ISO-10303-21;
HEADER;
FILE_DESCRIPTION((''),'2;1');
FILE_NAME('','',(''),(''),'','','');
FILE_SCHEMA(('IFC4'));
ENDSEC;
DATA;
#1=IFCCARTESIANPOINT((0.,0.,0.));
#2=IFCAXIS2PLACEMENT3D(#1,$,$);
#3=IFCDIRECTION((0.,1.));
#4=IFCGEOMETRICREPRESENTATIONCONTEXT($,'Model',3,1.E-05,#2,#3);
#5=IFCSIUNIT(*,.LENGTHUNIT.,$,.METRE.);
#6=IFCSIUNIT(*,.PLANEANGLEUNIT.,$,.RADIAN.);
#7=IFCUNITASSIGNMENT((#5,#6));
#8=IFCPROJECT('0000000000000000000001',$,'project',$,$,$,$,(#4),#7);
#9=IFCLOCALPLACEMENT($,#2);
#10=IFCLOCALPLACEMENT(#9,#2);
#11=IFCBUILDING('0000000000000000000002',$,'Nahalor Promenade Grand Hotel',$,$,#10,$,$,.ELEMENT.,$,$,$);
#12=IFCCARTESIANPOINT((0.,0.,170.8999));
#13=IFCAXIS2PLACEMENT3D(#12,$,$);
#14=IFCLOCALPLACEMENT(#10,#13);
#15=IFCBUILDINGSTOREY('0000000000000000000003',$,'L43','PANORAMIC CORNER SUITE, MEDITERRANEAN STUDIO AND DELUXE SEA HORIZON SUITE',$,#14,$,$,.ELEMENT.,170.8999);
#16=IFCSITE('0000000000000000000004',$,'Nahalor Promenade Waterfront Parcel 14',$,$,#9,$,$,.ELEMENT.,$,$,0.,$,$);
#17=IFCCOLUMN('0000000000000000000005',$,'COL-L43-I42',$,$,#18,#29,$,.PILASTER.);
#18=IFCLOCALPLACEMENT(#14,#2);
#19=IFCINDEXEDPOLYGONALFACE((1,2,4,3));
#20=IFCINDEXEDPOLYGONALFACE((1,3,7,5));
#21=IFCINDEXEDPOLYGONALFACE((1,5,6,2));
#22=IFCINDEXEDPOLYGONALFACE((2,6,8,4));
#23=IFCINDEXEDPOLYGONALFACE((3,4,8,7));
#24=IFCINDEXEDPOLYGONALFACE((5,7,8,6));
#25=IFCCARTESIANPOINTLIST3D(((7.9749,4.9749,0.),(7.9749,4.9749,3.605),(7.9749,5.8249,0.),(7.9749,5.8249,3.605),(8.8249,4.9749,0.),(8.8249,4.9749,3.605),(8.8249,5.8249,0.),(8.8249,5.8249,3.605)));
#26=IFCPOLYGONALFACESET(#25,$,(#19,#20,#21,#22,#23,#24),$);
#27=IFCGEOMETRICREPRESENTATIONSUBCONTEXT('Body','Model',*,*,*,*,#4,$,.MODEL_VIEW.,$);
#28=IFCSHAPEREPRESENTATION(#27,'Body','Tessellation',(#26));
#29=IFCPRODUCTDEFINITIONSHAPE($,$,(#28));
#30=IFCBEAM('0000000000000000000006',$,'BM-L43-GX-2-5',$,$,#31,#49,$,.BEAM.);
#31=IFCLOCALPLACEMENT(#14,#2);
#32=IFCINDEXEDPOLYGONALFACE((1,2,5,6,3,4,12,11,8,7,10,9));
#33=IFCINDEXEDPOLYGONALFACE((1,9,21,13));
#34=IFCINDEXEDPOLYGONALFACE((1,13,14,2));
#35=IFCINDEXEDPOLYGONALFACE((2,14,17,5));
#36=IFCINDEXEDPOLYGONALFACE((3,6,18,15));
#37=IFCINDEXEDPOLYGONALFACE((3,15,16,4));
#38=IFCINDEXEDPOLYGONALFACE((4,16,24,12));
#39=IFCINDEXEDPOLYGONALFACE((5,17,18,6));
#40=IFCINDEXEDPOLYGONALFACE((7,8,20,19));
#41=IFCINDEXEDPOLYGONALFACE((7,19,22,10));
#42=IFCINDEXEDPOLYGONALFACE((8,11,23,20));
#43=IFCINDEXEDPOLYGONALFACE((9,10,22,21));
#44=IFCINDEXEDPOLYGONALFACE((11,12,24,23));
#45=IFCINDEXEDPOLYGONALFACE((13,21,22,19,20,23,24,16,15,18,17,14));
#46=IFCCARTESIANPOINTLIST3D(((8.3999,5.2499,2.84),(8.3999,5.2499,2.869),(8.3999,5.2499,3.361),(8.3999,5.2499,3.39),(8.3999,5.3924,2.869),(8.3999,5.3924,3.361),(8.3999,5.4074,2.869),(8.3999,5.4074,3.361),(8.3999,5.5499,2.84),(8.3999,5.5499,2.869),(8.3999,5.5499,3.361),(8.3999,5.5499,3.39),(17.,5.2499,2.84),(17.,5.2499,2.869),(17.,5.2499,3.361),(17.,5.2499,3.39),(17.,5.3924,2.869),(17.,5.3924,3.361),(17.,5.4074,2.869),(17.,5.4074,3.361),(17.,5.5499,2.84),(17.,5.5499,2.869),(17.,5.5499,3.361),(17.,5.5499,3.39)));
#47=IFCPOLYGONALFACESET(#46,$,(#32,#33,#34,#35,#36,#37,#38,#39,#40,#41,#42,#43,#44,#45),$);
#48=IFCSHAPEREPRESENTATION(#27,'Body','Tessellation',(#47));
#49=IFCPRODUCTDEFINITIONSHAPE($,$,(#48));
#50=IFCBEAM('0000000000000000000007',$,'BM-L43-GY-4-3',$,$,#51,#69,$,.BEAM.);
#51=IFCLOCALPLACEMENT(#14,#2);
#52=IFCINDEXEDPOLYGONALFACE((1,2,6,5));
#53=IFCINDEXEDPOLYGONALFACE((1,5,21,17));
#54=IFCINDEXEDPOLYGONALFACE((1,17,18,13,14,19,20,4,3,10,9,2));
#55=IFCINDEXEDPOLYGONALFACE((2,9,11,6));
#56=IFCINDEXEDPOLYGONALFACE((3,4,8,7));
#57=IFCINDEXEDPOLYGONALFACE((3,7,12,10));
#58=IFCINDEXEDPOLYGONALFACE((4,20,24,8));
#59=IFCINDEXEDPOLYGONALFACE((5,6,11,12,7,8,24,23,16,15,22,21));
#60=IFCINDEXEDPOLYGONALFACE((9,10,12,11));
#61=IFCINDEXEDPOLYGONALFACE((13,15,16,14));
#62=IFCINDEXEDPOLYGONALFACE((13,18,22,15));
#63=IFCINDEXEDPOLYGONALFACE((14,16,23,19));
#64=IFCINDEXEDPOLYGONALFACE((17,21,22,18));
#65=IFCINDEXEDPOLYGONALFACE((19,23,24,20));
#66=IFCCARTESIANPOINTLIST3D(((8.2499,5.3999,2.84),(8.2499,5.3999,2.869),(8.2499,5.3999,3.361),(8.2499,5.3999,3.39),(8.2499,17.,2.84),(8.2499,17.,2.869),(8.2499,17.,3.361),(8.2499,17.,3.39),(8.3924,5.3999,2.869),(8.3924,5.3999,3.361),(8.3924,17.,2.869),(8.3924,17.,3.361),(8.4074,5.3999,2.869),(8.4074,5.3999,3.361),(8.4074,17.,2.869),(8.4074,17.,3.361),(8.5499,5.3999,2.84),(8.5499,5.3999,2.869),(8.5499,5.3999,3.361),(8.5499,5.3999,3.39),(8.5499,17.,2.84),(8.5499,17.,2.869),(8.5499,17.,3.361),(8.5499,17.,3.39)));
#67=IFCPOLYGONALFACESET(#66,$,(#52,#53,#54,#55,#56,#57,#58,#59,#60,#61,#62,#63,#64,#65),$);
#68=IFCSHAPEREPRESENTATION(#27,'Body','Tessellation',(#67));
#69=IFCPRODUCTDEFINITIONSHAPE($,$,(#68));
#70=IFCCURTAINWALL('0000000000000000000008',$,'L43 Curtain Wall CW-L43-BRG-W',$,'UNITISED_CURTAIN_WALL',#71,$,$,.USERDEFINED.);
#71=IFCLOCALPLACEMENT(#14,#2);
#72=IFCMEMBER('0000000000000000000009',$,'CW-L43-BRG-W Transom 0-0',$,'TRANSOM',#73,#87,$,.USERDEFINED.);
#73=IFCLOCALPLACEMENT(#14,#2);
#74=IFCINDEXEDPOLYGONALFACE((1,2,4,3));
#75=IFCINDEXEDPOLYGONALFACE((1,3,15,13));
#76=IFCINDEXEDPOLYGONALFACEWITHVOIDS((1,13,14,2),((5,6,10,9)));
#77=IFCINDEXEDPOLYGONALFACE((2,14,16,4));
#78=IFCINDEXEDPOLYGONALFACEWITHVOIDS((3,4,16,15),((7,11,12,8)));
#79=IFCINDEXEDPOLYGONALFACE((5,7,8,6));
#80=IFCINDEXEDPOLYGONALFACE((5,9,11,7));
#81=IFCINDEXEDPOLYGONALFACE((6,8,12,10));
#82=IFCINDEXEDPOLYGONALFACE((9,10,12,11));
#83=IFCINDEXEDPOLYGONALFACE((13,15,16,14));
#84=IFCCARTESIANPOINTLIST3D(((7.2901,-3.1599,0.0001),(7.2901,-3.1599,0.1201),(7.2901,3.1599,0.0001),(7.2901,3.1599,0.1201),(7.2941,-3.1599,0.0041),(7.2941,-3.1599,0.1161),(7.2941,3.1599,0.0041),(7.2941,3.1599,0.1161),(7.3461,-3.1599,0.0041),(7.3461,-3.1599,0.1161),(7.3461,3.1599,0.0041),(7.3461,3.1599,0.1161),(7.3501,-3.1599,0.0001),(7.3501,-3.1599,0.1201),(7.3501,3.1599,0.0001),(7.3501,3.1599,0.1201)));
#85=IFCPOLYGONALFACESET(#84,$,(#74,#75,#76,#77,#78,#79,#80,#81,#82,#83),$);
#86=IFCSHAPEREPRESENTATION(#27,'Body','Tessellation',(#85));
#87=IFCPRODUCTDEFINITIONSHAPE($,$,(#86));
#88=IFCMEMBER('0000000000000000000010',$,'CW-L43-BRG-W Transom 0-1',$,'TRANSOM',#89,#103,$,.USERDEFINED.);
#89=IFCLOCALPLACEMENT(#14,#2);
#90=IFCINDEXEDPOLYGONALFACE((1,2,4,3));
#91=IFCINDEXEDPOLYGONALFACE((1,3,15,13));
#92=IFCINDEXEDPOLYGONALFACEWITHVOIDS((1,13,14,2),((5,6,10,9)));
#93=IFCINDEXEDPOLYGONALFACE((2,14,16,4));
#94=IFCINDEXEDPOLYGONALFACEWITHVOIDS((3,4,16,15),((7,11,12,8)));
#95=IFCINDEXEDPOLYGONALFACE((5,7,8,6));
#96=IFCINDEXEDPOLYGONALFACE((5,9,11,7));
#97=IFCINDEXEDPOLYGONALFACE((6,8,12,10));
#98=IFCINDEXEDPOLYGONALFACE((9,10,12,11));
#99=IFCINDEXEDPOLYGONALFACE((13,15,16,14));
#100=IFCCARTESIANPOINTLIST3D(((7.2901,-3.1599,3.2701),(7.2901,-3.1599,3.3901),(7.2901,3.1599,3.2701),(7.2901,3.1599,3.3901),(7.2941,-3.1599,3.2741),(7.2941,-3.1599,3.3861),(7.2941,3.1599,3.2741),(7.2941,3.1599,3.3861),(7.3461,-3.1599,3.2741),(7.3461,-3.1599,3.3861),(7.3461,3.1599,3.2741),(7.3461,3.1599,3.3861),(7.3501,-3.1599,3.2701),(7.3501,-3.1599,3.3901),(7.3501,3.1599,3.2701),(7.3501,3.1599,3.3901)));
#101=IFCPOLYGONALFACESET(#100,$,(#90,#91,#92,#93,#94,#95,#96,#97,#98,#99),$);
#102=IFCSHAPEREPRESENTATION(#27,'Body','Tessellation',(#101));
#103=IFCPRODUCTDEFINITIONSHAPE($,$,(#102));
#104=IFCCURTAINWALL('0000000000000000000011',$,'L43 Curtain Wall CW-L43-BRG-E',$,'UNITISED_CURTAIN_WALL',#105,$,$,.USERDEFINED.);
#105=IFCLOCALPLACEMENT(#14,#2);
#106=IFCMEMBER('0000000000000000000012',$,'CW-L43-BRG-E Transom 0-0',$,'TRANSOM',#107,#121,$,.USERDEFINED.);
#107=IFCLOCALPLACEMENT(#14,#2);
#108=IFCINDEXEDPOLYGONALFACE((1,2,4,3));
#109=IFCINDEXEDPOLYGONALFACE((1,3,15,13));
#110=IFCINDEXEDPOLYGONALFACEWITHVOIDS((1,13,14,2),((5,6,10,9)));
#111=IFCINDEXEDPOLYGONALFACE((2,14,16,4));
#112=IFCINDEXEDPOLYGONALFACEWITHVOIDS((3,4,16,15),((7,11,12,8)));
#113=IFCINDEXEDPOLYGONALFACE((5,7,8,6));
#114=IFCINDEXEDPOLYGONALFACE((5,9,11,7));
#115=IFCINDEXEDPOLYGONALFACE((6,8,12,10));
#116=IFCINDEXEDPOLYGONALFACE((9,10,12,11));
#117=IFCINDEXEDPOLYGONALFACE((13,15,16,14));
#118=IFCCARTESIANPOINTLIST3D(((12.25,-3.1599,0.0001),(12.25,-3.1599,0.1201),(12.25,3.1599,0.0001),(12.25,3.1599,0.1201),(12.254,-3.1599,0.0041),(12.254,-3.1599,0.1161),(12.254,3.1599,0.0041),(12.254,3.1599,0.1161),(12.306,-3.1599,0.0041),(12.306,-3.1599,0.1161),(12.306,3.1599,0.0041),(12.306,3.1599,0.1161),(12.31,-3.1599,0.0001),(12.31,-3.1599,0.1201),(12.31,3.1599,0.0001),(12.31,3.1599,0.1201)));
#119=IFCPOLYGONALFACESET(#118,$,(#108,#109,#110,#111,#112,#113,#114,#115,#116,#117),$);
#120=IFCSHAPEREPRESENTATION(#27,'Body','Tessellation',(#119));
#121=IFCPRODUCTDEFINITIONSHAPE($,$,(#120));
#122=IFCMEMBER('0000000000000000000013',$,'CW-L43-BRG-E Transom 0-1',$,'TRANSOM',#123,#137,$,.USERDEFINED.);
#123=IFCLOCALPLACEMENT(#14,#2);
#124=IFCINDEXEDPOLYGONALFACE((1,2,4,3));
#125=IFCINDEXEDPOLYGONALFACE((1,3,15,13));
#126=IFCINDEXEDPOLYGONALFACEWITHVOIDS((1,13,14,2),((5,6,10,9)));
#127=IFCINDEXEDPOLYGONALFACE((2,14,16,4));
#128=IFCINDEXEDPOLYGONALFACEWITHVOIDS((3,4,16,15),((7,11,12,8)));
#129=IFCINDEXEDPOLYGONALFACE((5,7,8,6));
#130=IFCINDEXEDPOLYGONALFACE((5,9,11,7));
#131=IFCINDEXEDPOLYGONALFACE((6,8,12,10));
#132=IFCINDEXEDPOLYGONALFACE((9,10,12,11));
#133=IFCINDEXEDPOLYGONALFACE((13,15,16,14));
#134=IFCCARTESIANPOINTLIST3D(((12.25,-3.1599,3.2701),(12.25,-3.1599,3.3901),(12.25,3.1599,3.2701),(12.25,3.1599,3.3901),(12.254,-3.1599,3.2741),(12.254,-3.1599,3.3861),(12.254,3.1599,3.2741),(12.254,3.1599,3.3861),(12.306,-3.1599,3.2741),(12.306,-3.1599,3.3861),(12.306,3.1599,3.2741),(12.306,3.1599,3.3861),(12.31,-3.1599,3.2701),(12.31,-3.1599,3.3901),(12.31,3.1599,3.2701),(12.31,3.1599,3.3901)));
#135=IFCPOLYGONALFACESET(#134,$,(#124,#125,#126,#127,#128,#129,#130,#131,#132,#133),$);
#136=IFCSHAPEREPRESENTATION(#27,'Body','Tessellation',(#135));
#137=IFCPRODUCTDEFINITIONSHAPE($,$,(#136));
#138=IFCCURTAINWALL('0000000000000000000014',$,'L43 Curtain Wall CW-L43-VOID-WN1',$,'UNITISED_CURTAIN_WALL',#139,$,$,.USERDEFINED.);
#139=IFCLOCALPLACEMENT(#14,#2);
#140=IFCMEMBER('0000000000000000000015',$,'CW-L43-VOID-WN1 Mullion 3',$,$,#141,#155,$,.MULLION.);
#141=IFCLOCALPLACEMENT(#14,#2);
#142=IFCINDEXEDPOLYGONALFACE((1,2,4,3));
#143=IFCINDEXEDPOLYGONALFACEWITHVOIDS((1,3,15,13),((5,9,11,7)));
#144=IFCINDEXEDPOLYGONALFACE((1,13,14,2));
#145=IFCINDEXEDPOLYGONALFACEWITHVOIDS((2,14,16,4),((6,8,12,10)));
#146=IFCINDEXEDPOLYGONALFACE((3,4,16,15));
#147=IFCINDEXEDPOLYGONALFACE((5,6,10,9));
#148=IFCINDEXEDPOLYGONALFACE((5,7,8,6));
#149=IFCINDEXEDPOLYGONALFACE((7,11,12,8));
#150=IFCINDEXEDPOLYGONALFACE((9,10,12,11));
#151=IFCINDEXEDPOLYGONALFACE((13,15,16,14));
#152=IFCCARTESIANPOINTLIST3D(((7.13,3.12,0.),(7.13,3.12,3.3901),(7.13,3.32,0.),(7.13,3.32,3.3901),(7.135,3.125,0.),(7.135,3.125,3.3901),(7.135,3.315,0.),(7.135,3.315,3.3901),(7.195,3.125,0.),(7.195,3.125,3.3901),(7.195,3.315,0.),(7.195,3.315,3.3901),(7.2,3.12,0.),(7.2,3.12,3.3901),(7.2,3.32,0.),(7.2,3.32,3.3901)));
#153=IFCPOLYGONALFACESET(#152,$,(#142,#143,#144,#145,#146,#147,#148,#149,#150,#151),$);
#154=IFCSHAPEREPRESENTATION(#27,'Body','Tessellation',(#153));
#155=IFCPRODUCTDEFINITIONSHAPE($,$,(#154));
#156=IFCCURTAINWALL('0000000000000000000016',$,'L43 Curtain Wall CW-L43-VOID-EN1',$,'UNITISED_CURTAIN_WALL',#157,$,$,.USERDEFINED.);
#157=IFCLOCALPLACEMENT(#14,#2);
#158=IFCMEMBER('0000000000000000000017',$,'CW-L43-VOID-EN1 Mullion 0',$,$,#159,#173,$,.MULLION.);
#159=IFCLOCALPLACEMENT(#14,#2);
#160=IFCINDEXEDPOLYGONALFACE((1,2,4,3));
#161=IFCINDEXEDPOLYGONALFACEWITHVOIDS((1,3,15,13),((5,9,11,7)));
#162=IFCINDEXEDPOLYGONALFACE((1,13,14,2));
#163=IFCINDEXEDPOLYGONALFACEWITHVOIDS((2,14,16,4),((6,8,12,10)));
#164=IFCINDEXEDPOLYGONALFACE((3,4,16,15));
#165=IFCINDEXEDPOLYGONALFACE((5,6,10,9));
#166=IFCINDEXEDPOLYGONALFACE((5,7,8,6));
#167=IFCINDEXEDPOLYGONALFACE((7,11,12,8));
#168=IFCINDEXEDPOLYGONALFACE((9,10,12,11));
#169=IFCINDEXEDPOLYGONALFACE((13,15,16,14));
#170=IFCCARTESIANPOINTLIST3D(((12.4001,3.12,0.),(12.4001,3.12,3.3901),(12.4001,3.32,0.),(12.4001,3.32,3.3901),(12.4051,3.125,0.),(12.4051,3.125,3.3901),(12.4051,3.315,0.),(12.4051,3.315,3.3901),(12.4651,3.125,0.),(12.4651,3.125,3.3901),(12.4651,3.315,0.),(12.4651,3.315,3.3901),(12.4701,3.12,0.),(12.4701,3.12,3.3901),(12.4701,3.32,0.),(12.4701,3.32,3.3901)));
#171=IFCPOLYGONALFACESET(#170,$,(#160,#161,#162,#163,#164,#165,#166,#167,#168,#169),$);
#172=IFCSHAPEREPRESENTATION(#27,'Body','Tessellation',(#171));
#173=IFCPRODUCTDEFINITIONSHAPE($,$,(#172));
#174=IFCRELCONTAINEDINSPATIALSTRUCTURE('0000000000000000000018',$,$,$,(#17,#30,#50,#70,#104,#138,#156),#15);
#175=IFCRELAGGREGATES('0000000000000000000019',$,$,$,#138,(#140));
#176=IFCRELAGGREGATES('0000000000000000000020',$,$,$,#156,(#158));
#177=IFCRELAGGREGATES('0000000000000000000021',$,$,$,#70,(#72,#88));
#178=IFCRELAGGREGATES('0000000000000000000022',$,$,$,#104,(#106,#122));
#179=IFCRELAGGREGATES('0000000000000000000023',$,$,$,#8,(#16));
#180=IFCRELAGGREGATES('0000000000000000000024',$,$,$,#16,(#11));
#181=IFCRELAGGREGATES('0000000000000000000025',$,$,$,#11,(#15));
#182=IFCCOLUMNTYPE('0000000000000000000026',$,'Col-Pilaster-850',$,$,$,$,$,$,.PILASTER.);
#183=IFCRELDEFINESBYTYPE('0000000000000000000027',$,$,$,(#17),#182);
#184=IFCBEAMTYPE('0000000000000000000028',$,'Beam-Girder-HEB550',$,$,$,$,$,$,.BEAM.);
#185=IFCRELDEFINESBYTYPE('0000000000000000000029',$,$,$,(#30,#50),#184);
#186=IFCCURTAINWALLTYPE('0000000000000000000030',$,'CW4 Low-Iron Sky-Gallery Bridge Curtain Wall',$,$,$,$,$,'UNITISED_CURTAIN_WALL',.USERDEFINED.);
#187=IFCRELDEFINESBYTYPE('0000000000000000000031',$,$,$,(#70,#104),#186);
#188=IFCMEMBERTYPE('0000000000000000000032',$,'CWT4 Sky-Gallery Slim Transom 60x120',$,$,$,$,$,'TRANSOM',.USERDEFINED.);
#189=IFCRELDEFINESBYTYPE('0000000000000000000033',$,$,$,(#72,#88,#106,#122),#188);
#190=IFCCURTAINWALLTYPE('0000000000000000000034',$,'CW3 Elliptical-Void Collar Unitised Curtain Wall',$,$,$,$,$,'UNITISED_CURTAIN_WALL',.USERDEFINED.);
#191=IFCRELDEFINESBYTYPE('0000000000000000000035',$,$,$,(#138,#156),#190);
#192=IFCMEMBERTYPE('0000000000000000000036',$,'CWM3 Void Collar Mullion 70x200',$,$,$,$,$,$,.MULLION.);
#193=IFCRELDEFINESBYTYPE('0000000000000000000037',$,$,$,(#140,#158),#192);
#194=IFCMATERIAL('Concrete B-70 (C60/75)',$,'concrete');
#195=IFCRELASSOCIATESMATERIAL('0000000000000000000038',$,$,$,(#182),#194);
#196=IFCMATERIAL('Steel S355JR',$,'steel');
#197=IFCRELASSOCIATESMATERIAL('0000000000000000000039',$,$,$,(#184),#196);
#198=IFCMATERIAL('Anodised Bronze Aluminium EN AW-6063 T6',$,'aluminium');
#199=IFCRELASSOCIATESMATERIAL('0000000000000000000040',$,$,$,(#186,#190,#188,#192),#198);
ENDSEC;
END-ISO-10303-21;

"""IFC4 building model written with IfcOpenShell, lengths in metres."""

from ifc_helpers import new_model, si_unit, direction, frame, origin, origin_2d, place, context, subcontext, project, spatial, rectangle, hollow_rectangle, i_section, extrude, source, transform, mapped, material, material_profile, profile_set, type_object, element, aggregate, save


model = new_model("IFC4")

# Units and contexts
model_context = context("Model", 3, precision=1e-05, world=origin(), true_north=direction((0.0, 1.0)))
body_context = subcontext(model_context, "Body", "Model", "MODEL_VIEW")
ifc_project = project(units=[si_unit("LENGTHUNIT", "METRE"), si_unit("PLANEANGLEUNIT", "RADIAN")], contexts=[model_context])

# Site, building, storey
site_placement = place(None, origin())
site = spatial("IfcSite", under=ifc_project, at=site_placement, Name="Nahalor Promenade Waterfront Parcel 14", CompositionType="ELEMENT", RefElevation=0.0)
building_placement = place(site_placement, origin())
building = spatial("IfcBuilding", under=site, at=building_placement, Name="Nahalor Promenade Grand Hotel", CompositionType="ELEMENT")
storey_placement = place(building_placement, frame((0.0, 0.0, 170.8999)))
storey = spatial("IfcBuildingStorey", under=building, at=storey_placement, Name="L43", Description="PANORAMIC CORNER SUITE, MEDITERRANEAN STUDIO AND DELUXE SEA HORIZON SUITE", CompositionType="ELEMENT", Elevation=170.8999)

# Column
ifc_material_1 = material(Name="Concrete B-70 (C60/75)", Category="concrete")
ifc_material_profile_1 = material_profile(ifc_material_1, rectangle(XDim=0.85, YDim=0.85, at=origin_2d()), Name="RC 850x850")
ifc_profile_set_1 = profile_set([ifc_material_profile_1], Name="Concrete B-70 (C60/75)")
column_type = type_object("IfcColumnType", Name="Col-Pilaster-850", PredefinedType="PILASTER", material=ifc_profile_set_1)
shared_shape_1 = source(origin(), body_context, "Body", "SweptSolid", [
    extrude(rectangle(XDim=0.85, YDim=0.85, at=origin_2d()), origin(), (0.0, 0.0, 1.0), 3.605),
])
column_placement = place(storey_placement, frame((8.3999, 5.3999, 0.0), z_axis=(0.0, 0.0, 1.0), x_axis=(1.0, 0.0, 0.0)))
element("IfcColumn", 1, at=column_placement, inside=storey, type_object=column_type, Name="COL-L43-I42", PredefinedType="PILASTER", context=body_context, shape_type="MappedRepresentation", body=[
    mapped(shared_shape_1, transform((0.0, 0.0, 0.0), scale=1.0)),
])

# Beams
ifc_material_2 = material(Name="Steel S355JR", Category="steel")
ifc_material_profile_2 = material_profile(ifc_material_2, i_section(OverallWidth=0.3, OverallDepth=0.55, WebThickness=0.015, FlangeThickness=0.029, at=origin_2d()), Name="HEB 550")
ifc_profile_set_2 = profile_set([ifc_material_profile_2], Name="Steel S355JR")
beam_type = type_object("IfcBeamType", Name="Beam-Girder-HEB550", PredefinedType="BEAM", material=ifc_profile_set_2)
shared_shape_2 = source(origin(), body_context, "Body", "SweptSolid", [
    extrude(i_section(OverallWidth=0.3, OverallDepth=0.55, WebThickness=0.015, FlangeThickness=0.029, at=origin_2d()), origin(), (0.0, 0.0, 1.0), 8.6001),
])
beam_1_placement = place(storey_placement, frame((8.3999, 5.3999, 3.115), z_axis=(1.0, 0.0, 0.0), x_axis=(0.0, 1.0, 0.0)))
element("IfcBeam", 2, at=beam_1_placement, inside=storey, type_object=beam_type, Name="BM-L43-GX-2-5", PredefinedType="BEAM", context=body_context, shape_type="MappedRepresentation", body=[
    mapped(shared_shape_2, transform((0.0, 0.0, 0.0), scale=1.0)),
])
shared_shape_3 = source(origin(), body_context, "Body", "SweptSolid", [
    extrude(i_section(OverallWidth=0.3, OverallDepth=0.55, WebThickness=0.015, FlangeThickness=0.029, at=origin_2d()), origin(), (0.0, 0.0, 1.0), 11.6001),
])
beam_2_placement = place(storey_placement, frame((8.3999, 5.3999, 3.115), z_axis=(0.0, 1.0, 0.0), x_axis=(-1.0, 0.0, 0.0)))
element("IfcBeam", 3, at=beam_2_placement, inside=storey, type_object=beam_type, Name="BM-L43-GY-4-3", PredefinedType="BEAM", context=body_context, shape_type="MappedRepresentation", body=[
    mapped(shared_shape_3, transform((0.0, 0.0, 0.0), scale=1.0)),
])

# Curtain walls, members
ifc_material_3 = material(Name="Anodised Bronze Aluminium EN AW-6063 T6", Category="aluminium")
curtain_wall_type_1 = type_object("IfcCurtainWallType", Name="CW4 Low-Iron Sky-Gallery Bridge Curtain Wall", ElementType="UNITISED_CURTAIN_WALL", PredefinedType="USERDEFINED", material=ifc_material_3)
curtain_wall_1_placement = place(storey_placement, origin())
curtain_wall_1 = element("IfcCurtainWall", 4, at=curtain_wall_1_placement, inside=storey, type_object=curtain_wall_type_1, Name="L43 Curtain Wall CW-L43-BRG-W", ObjectType="UNITISED_CURTAIN_WALL", PredefinedType="USERDEFINED")
ifc_material_profile_3 = material_profile(ifc_material_3, hollow_rectangle(XDim=0.06, YDim=0.12, WallThickness=0.004, at=origin_2d()), Name="CWT 60x120x4")
ifc_profile_set_3 = profile_set([ifc_material_profile_3], Name="Anodised Bronze Aluminium EN AW-6063 T6")
member_type_1 = type_object("IfcMemberType", Name="CWT4 Sky-Gallery Slim Transom 60x120", ElementType="TRANSOM", PredefinedType="USERDEFINED", material=ifc_profile_set_3)
shared_shape_4 = source(origin(), body_context, "Body", "SweptSolid", [
    extrude(hollow_rectangle(XDim=0.06, YDim=0.12, WallThickness=0.004, at=origin_2d()), origin(), (0.0, 0.0, 1.0), 6.3198),
])
member_1_placement = place(storey_placement, frame((7.3201, -3.1599, 0.0601), z_axis=(0.0, 1.0, 0.0), x_axis=(-1.0, 0.0, 0.0)))
member_1 = element("IfcMember", 5, at=member_1_placement, type_object=member_type_1, Name="CW-L43-BRG-W Transom 0-0", ObjectType="TRANSOM", PredefinedType="USERDEFINED", context=body_context, shape_type="MappedRepresentation", body=[
    mapped(shared_shape_4, transform((0.0, 0.0, 0.0), scale=1.0)),
])
member_2_placement = place(storey_placement, frame((7.3201, -3.1599, 3.3301), z_axis=(0.0, 1.0, 0.0), x_axis=(-1.0, 0.0, 0.0)))
member_2 = element("IfcMember", 6, at=member_2_placement, type_object=member_type_1, Name="CW-L43-BRG-W Transom 0-1", ObjectType="TRANSOM", PredefinedType="USERDEFINED", context=body_context, shape_type="MappedRepresentation", body=[
    mapped(shared_shape_4, transform((0.0, 0.0, 0.0), scale=1.0)),
])
curtain_wall_2_placement = place(storey_placement, origin())
curtain_wall_2 = element("IfcCurtainWall", 7, at=curtain_wall_2_placement, inside=storey, type_object=curtain_wall_type_1, Name="L43 Curtain Wall CW-L43-BRG-E", ObjectType="UNITISED_CURTAIN_WALL", PredefinedType="USERDEFINED")
member_3_placement = place(storey_placement, frame((12.28, -3.1599, 0.0601), z_axis=(0.0, 1.0, 0.0), x_axis=(-1.0, 0.0, 0.0)))
member_3 = element("IfcMember", 8, at=member_3_placement, type_object=member_type_1, Name="CW-L43-BRG-E Transom 0-0", ObjectType="TRANSOM", PredefinedType="USERDEFINED", context=body_context, shape_type="MappedRepresentation", body=[
    mapped(shared_shape_4, transform((0.0, 0.0, 0.0), scale=1.0)),
])
member_4_placement = place(storey_placement, frame((12.28, -3.1599, 3.3301), z_axis=(0.0, 1.0, 0.0), x_axis=(-1.0, 0.0, 0.0)))
member_4 = element("IfcMember", 9, at=member_4_placement, type_object=member_type_1, Name="CW-L43-BRG-E Transom 0-1", ObjectType="TRANSOM", PredefinedType="USERDEFINED", context=body_context, shape_type="MappedRepresentation", body=[
    mapped(shared_shape_4, transform((0.0, 0.0, 0.0), scale=1.0)),
])

# Curtain wall, member
curtain_wall_type_2 = type_object("IfcCurtainWallType", Name="CW3 Elliptical-Void Collar Unitised Curtain Wall", ElementType="UNITISED_CURTAIN_WALL", PredefinedType="USERDEFINED", material=ifc_material_3)
curtain_wall_3_placement = place(storey_placement, origin())
curtain_wall_3 = element("IfcCurtainWall", 10, at=curtain_wall_3_placement, inside=storey, type_object=curtain_wall_type_2, Name="L43 Curtain Wall CW-L43-VOID-WN1", ObjectType="UNITISED_CURTAIN_WALL", PredefinedType="USERDEFINED")
ifc_material_profile_4 = material_profile(ifc_material_3, hollow_rectangle(XDim=0.07, YDim=0.2, WallThickness=0.005, at=origin_2d()), Name="CWM 70x200x5")
ifc_profile_set_4 = profile_set([ifc_material_profile_4], Name="Anodised Bronze Aluminium EN AW-6063 T6")
member_type_2 = type_object("IfcMemberType", Name="CWM3 Void Collar Mullion 70x200", PredefinedType="MULLION", material=ifc_profile_set_4)
shared_shape_5 = source(origin(), body_context, "Body", "SweptSolid", [
    extrude(hollow_rectangle(XDim=0.07, YDim=0.2, WallThickness=0.005, at=origin_2d()), origin(), (0.0, 0.0, 1.0), 3.3901),
])
member_5_placement = place(storey_placement, frame((7.165, 3.22, 0.0), z_axis=(0.0, 0.0, 1.0), x_axis=(1.0, 0.0, 0.0)))
member_5 = element("IfcMember", 11, at=member_5_placement, type_object=member_type_2, Name="CW-L43-VOID-WN1 Mullion 3", PredefinedType="MULLION", context=body_context, shape_type="MappedRepresentation", body=[
    mapped(shared_shape_5, transform((0.0, 0.0, 0.0), scale=1.0)),
])
aggregate(curtain_wall_3, [member_5])

# Curtain wall, member
curtain_wall_4_placement = place(storey_placement, origin())
curtain_wall_4 = element("IfcCurtainWall", 12, at=curtain_wall_4_placement, inside=storey, type_object=curtain_wall_type_2, Name="L43 Curtain Wall CW-L43-VOID-EN1", ObjectType="UNITISED_CURTAIN_WALL", PredefinedType="USERDEFINED")
member_6_placement = place(storey_placement, frame((12.4351, 3.22, 0.0), z_axis=(0.0, 0.0, 1.0), x_axis=(1.0, 0.0, 0.0)))
member_6 = element("IfcMember", 13, at=member_6_placement, type_object=member_type_2, Name="CW-L43-VOID-EN1 Mullion 0", PredefinedType="MULLION", context=body_context, shape_type="MappedRepresentation", body=[
    mapped(shared_shape_5, transform((0.0, 0.0, 0.0), scale=1.0)),
])
aggregate(curtain_wall_4, [member_6])

aggregate(curtain_wall_1, [member_1, member_2])
aggregate(curtain_wall_2, [member_3, member_4])

save(model, "model.ifc")
